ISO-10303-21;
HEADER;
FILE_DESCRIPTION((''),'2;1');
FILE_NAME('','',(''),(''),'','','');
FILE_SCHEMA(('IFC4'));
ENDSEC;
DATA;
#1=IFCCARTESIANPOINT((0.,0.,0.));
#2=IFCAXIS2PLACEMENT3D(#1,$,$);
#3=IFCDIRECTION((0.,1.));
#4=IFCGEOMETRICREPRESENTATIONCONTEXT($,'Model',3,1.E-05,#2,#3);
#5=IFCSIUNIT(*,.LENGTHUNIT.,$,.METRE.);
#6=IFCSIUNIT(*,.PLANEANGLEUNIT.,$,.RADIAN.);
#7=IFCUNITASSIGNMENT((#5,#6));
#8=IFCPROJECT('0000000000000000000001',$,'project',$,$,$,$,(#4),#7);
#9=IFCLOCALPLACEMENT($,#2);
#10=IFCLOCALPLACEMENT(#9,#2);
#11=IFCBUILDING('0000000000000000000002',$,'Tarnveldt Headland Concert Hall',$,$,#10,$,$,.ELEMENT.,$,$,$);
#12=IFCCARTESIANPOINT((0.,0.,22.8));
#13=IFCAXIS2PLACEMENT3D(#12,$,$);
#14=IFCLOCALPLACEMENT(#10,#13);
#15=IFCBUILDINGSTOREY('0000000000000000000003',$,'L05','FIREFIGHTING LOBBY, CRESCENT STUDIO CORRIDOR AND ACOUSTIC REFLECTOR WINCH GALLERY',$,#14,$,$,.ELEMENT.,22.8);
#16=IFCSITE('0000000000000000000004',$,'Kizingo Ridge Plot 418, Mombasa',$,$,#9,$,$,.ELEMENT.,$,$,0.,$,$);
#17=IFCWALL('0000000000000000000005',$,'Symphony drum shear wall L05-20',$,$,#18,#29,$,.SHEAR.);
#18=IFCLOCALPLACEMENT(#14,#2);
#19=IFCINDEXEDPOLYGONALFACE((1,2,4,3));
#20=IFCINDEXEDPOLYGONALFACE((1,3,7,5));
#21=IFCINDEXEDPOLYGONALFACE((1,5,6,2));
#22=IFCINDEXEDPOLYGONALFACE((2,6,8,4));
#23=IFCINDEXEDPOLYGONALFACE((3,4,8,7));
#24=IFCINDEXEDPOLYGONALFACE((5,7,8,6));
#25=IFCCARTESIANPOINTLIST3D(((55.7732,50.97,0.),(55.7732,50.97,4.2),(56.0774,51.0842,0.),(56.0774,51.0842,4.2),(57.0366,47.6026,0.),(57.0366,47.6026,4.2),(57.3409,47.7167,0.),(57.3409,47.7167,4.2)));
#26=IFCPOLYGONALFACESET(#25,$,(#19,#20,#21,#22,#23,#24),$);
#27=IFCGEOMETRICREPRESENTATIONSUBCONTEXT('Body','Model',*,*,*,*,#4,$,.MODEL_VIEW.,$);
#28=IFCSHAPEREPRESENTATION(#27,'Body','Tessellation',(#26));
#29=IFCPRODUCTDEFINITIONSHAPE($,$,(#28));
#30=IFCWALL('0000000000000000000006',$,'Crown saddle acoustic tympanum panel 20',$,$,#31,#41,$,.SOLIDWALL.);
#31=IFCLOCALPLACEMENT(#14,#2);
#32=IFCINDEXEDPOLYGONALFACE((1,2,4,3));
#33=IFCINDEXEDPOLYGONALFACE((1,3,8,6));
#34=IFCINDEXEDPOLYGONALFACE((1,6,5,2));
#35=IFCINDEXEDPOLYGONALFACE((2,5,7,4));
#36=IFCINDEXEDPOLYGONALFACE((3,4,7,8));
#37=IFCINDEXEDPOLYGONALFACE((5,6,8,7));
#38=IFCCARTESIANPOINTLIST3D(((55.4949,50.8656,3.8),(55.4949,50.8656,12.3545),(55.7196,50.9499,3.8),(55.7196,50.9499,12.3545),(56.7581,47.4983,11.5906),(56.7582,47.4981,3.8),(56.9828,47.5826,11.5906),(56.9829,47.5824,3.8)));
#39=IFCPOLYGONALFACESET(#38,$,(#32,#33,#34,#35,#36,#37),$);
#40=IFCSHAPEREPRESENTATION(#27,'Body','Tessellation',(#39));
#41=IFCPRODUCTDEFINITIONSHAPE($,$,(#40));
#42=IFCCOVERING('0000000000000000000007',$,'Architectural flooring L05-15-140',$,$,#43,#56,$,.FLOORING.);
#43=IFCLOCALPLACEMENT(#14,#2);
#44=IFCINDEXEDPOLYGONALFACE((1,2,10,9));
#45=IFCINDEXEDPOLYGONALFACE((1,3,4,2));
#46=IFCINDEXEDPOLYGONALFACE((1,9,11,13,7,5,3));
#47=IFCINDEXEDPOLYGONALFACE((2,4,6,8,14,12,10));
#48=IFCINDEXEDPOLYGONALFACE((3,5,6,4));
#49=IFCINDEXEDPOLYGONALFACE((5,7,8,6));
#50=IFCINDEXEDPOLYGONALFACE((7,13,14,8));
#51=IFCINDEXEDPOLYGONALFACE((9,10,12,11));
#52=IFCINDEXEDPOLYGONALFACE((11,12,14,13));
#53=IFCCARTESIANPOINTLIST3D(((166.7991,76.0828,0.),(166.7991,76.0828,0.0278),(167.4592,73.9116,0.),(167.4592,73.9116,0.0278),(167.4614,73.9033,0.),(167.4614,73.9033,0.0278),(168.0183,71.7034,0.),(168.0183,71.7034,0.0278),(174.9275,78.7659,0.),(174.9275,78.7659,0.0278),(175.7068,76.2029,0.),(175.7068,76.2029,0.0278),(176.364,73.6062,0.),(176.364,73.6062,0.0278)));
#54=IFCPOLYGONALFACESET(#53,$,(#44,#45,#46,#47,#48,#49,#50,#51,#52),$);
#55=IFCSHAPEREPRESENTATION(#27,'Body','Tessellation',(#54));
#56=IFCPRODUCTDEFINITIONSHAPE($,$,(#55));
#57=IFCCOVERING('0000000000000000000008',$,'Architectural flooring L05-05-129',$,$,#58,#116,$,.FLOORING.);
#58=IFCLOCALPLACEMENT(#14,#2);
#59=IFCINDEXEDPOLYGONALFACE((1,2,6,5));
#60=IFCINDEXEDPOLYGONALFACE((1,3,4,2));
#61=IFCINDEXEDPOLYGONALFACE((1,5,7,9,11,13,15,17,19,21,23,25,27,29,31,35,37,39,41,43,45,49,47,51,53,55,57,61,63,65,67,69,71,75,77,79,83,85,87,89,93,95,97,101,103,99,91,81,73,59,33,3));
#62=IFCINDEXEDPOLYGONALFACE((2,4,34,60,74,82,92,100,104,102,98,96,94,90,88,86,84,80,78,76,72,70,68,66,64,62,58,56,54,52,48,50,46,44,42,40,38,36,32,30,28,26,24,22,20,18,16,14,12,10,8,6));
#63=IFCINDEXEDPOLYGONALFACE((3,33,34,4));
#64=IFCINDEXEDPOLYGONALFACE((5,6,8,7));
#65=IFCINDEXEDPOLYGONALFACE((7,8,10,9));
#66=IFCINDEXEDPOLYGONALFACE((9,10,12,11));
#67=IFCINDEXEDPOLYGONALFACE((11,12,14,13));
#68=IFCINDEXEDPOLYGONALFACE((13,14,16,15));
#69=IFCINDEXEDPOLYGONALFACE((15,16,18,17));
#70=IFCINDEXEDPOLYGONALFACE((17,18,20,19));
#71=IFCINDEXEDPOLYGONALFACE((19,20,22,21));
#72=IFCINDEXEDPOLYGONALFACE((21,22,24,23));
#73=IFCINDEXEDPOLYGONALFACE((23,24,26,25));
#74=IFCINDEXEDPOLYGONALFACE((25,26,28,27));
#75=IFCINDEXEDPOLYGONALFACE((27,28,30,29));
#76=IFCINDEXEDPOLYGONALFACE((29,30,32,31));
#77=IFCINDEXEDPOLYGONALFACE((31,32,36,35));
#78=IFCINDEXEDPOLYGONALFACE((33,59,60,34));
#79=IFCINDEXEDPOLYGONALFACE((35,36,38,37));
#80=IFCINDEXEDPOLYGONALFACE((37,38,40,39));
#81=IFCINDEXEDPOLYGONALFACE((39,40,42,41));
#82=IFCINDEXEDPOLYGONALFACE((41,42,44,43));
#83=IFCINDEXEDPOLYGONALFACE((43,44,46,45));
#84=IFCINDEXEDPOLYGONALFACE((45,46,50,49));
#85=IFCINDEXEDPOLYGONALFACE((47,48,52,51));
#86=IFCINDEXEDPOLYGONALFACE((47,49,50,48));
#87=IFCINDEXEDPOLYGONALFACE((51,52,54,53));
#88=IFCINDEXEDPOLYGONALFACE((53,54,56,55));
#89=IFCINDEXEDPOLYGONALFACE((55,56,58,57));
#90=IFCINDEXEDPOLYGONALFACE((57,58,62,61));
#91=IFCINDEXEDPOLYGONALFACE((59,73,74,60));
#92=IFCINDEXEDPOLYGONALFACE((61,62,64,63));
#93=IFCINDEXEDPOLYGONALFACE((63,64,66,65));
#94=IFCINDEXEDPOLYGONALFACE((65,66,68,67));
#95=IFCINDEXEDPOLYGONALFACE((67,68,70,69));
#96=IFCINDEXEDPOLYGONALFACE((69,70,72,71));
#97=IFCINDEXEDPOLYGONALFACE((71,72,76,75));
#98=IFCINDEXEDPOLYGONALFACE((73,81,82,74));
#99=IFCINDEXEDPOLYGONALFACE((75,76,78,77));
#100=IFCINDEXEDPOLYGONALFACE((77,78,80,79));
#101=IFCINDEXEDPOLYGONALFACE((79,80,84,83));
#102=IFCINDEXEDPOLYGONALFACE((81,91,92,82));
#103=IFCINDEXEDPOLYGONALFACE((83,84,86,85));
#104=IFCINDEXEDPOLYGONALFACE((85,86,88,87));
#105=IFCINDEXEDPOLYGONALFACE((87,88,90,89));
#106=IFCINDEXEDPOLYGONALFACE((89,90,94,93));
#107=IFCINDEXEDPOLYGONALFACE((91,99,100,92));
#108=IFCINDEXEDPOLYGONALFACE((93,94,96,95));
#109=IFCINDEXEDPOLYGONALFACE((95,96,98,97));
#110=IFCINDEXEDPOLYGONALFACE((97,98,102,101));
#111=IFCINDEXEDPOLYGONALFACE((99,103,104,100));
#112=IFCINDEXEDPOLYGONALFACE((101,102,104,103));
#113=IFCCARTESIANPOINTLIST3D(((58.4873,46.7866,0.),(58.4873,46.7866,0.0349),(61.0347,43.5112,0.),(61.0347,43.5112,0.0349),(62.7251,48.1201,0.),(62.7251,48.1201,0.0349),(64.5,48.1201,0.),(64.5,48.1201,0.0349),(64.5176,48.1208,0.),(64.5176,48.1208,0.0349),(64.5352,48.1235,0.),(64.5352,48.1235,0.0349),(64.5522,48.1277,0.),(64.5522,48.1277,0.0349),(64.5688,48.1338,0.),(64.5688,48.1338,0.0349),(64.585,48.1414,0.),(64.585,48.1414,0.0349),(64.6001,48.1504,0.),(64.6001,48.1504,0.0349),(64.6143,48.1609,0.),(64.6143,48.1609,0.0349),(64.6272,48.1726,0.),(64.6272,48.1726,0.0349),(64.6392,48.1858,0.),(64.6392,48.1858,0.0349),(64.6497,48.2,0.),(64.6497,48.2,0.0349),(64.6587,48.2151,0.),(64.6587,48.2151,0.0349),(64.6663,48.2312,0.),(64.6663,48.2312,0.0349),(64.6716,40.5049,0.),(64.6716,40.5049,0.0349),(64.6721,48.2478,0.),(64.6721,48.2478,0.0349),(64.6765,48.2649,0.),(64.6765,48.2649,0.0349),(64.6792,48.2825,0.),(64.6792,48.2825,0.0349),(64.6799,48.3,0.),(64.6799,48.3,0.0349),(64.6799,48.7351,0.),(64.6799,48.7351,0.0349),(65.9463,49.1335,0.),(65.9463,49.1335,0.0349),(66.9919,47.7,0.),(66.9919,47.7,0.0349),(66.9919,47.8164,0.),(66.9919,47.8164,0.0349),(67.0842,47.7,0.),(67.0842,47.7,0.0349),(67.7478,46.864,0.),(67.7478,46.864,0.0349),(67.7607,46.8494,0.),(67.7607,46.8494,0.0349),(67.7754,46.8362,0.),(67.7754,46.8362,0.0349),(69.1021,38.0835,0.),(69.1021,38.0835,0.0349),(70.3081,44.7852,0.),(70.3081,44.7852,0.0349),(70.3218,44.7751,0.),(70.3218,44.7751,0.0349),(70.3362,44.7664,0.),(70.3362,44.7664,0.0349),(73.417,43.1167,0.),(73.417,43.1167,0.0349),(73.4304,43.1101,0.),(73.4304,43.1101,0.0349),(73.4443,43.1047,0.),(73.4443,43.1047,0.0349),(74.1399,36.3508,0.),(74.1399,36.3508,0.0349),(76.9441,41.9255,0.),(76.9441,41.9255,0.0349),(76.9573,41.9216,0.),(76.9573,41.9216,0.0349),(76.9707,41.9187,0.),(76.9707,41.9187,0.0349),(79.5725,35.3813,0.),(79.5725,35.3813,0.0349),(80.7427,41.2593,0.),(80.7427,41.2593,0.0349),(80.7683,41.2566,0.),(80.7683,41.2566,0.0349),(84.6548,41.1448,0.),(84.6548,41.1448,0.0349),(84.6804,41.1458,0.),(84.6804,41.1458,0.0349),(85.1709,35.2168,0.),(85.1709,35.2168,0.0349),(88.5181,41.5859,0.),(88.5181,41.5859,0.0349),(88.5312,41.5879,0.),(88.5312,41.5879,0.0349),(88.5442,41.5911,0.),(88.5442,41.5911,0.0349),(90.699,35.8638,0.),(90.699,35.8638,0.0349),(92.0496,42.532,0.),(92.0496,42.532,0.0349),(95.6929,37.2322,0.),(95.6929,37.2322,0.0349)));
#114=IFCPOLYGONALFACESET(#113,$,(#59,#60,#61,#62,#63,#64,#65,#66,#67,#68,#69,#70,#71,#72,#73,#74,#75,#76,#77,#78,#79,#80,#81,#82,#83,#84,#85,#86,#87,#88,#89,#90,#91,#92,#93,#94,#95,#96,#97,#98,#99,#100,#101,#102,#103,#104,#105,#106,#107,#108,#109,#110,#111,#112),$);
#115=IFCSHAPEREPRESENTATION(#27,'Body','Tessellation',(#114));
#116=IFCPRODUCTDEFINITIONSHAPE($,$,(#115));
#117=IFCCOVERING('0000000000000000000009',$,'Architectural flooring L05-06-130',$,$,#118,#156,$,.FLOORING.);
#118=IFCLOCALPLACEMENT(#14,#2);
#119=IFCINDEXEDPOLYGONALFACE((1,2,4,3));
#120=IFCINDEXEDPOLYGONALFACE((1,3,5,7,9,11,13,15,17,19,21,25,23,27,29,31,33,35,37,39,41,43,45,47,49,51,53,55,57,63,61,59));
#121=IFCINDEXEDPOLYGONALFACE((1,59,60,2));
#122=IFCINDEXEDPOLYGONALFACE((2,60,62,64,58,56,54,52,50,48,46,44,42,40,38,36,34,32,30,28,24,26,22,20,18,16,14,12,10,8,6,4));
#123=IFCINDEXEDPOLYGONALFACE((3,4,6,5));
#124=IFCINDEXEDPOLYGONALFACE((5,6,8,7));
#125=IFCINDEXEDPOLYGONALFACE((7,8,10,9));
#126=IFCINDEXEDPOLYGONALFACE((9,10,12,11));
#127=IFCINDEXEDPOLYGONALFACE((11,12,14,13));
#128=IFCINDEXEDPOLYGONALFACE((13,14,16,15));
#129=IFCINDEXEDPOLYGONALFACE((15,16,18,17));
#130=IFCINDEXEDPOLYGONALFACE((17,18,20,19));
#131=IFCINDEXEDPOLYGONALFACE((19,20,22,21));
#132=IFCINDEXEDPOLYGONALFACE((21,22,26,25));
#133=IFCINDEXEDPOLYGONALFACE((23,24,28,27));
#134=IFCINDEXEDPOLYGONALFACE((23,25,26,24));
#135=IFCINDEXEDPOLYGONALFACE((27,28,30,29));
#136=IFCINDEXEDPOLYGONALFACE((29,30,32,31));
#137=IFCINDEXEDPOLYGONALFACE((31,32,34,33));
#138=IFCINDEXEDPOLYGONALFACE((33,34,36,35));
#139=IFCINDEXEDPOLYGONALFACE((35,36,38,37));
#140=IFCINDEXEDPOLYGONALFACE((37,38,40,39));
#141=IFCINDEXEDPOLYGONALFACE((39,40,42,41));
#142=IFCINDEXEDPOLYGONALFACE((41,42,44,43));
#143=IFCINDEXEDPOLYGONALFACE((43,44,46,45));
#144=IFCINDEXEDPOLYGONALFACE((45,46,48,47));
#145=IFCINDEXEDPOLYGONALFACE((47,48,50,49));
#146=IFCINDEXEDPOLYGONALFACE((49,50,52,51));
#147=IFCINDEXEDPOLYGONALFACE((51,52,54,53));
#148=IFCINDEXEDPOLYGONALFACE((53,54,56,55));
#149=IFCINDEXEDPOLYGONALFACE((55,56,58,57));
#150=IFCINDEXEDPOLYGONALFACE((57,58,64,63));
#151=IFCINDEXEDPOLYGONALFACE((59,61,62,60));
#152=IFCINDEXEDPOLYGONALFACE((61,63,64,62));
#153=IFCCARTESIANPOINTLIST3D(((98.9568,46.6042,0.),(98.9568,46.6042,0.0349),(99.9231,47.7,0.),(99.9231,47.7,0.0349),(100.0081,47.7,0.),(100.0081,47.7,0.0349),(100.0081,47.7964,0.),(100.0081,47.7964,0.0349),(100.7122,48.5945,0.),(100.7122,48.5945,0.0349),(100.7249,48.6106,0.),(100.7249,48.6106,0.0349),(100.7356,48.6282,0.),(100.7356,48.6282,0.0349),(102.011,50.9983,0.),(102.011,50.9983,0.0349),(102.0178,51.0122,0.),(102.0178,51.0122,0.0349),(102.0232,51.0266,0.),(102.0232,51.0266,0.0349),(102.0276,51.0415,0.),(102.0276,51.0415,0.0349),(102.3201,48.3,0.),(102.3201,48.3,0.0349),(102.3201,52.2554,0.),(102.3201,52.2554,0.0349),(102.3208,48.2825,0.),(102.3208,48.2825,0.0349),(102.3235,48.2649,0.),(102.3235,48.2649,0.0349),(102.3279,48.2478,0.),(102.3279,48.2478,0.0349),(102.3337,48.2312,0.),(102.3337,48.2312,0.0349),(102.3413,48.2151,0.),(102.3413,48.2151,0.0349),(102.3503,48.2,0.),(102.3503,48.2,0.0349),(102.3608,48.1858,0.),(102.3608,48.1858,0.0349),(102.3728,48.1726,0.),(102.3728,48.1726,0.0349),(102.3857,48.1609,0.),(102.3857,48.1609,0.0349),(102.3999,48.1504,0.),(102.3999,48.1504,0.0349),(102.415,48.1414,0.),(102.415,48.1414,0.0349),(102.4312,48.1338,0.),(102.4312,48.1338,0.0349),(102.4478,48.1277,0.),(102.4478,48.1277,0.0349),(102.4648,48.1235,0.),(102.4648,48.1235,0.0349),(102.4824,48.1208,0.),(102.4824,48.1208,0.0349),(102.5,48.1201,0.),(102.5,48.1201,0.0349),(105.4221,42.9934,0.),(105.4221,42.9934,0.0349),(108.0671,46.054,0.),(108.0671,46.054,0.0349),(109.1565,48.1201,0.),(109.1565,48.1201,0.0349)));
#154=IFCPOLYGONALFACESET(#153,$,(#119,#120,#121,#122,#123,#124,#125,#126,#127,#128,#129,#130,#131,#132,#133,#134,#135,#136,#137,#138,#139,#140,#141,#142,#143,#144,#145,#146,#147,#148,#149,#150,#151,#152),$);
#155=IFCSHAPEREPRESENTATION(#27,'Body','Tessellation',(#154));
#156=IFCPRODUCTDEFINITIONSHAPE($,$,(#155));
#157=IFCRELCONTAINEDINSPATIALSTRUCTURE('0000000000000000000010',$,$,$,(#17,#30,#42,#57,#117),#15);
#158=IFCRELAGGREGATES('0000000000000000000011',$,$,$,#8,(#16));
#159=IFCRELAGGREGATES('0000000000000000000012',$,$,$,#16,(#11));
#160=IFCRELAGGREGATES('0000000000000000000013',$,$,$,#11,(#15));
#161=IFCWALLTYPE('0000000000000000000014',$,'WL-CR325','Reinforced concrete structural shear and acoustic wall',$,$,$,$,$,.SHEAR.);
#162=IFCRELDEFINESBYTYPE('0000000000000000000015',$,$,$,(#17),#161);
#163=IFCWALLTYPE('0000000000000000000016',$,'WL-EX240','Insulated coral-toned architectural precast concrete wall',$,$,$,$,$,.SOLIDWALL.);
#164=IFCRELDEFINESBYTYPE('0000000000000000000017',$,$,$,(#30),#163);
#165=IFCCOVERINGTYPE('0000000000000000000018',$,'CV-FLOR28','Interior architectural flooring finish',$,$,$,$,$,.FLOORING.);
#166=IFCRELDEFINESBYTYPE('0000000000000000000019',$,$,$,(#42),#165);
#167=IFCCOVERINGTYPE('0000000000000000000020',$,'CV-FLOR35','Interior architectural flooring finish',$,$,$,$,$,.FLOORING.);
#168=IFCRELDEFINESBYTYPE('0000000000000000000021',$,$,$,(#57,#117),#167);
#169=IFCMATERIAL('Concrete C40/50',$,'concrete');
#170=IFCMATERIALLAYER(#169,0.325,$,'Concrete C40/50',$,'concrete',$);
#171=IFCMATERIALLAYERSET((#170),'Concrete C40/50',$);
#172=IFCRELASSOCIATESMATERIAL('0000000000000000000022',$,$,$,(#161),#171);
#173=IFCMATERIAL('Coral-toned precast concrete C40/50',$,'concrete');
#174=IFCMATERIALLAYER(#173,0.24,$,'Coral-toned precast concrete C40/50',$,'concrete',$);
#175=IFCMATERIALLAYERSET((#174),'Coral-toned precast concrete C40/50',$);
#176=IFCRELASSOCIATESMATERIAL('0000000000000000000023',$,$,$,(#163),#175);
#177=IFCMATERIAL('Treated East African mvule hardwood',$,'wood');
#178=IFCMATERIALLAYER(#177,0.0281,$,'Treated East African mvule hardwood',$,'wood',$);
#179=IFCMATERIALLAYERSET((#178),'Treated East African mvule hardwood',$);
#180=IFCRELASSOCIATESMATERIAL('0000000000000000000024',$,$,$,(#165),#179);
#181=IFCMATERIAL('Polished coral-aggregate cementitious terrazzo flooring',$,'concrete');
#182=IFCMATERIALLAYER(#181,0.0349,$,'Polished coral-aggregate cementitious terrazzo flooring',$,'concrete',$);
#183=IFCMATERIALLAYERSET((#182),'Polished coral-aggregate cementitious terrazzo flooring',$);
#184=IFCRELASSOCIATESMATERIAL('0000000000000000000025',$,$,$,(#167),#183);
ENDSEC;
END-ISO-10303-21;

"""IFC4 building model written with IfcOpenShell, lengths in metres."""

from ifc_helpers import new_model, si_unit, direction, frame, frame_2d, origin, place, context, subcontext, project, spatial, polyline, rectangle, outline, extrude, material, layer, layer_set, type_object, element, save


model = new_model("IFC4")

# Units and contexts
model_context = context("Model", 3, precision=1e-05, world=origin(), true_north=direction((0.0, 1.0)))
body_context = subcontext(model_context, "Body", "Model", "MODEL_VIEW")
ifc_project = project(units=[si_unit("LENGTHUNIT", "METRE"), si_unit("PLANEANGLEUNIT", "RADIAN")], contexts=[model_context])

# Site, building, storey
site_placement = place(None, origin())
site = spatial("IfcSite", under=ifc_project, at=site_placement, Name="Kizingo Ridge Plot 418, Mombasa", CompositionType="ELEMENT", RefElevation=0.0)
building_placement = place(site_placement, origin())
building = spatial("IfcBuilding", under=site, at=building_placement, Name="Tarnveldt Headland Concert Hall", CompositionType="ELEMENT")
storey_placement = place(building_placement, frame((0.0, 0.0, 22.8)))
storey = spatial("IfcBuildingStorey", under=building, at=storey_placement, Name="L05", Description="FIREFIGHTING LOBBY, CRESCENT STUDIO CORRIDOR AND ACOUSTIC REFLECTOR WINCH GALLERY", CompositionType="ELEMENT", Elevation=22.8)

# Shared definitions
ifc_material_1 = material(Name="Concrete C40/50", Category="concrete")

# Walls
ifc_layer_1 = layer(ifc_material_1, 0.325, Name="Concrete C40/50", Category="concrete")
ifc_layer_set_1 = layer_set([ifc_layer_1], Name="Concrete C40/50")
wall_type_1 = type_object("IfcWallType", Name="WL-CR325", Description="Reinforced concrete structural shear and acoustic wall", PredefinedType="SHEAR", material=ifc_layer_set_1)
wall_1_placement = place(storey_placement, frame((55.9253, 51.0271, 0.0), z_axis=(0.0, 0.0, 1.0), x_axis=(0.35128, -0.936271, 0.0)))
element("IfcWall", 1, at=wall_1_placement, inside=storey, type_object=wall_type_1, Name="Symphony drum shear wall L05-20", PredefinedType="SHEAR", context=body_context, shape_type="SweptSolid", body=[
    extrude(rectangle(XDim=3.5967, YDim=0.325, at=frame_2d((1.7983, 0.0))), origin(), (0.0, 0.0, 1.0), 4.2),
])
ifc_material_2 = material(Name="Coral-toned precast concrete C40/50", Category="concrete")
ifc_layer_2 = layer(ifc_material_2, 0.24, Name="Coral-toned precast concrete C40/50", Category="concrete")
ifc_layer_set_2 = layer_set([ifc_layer_2], Name="Coral-toned precast concrete C40/50")
wall_type_2 = type_object("IfcWallType", Name="WL-EX240", Description="Insulated coral-toned architectural precast concrete wall", PredefinedType="SOLIDWALL", material=ifc_layer_set_2)
wall_2_placement = place(storey_placement, frame((55.6072, 50.9077, 3.8), z_axis=(0.0, 0.0, 1.0), x_axis=(0.35122, -0.936293, 0.0)))
element("IfcWall", 2, at=wall_2_placement, inside=storey, type_object=wall_type_2, Name="Crown saddle acoustic tympanum panel 20", PredefinedType="SOLIDWALL", context=body_context, shape_type="SweptSolid", body=[
    extrude(outline(polyline([(0.0, 0.0), (3.5967, 0.0), (3.5964, 7.7905), (0.0, 8.5544), (0.0, 0.0)])), frame((0.0, 0.1201, 0.0), z_axis=(0.0, -1.0, 0.0), x_axis=(1.0, 0.0, 0.0)), (0.0, 0.0, 1.0), 0.24),
])

# Coverings
ifc_material_3 = material(Name="Treated East African mvule hardwood", Category="wood")
ifc_layer_3 = layer(ifc_material_3, 0.0281, Name="Treated East African mvule hardwood", Category="wood")
ifc_layer_set_3 = layer_set([ifc_layer_3], Name="Treated East African mvule hardwood")
covering_type_1 = type_object("IfcCoveringType", Name="CV-FLOR28", Description="Interior architectural flooring finish", PredefinedType="FLOORING", material=ifc_layer_set_3)
covering_1_placement = place(storey_placement, origin())
element("IfcCovering", 3, at=covering_1_placement, inside=storey, type_object=covering_type_1, Name="Architectural flooring L05-15-140", PredefinedType="FLOORING", context=body_context, shape_type="SweptSolid", body=[
    extrude(outline(polyline([(168.0183, 71.7034), (167.4614, 73.9033), (167.4592, 73.9116), (166.7991, 76.0828), (174.9275, 78.7659), (175.7068, 76.2029), (176.364, 73.6062), (168.0183, 71.7034)])), origin(), (0.0, 0.0, 1.0), 0.0278),
])
ifc_material_4 = material(Name="Polished coral-aggregate cementitious terrazzo flooring", Category="concrete")
ifc_layer_4 = layer(ifc_material_4, 0.0349, Name="Polished coral-aggregate cementitious terrazzo flooring", Category="concrete")
ifc_layer_set_4 = layer_set([ifc_layer_4], Name="Polished coral-aggregate cementitious terrazzo flooring")
covering_type_2 = type_object("IfcCoveringType", Name="CV-FLOR35", Description="Interior architectural flooring finish", PredefinedType="FLOORING", material=ifc_layer_set_4)
covering_2_placement = place(storey_placement, origin())
element("IfcCovering", 4, at=covering_2_placement, inside=storey, type_object=covering_type_2, Name="Architectural flooring L05-05-129", PredefinedType="FLOORING", context=body_context, shape_type="SweptSolid", body=[
    extrude(outline(polyline([(66.9919, 47.7), (67.0842, 47.7), (67.7478, 46.864), (67.7607, 46.8494), (67.7754, 46.8362), (70.3081, 44.7852), (70.3218, 44.7751), (70.3362, 44.7664), (73.417, 43.1167), (73.4304, 43.1101), (73.4443, 43.1047), (76.9441, 41.9255), (76.9573, 41.9216), (76.9707, 41.9187), (80.7427, 41.2593), (80.7683, 41.2566), (84.6548, 41.1448), (84.6804, 41.1458), (88.5181, 41.5859), (88.5312, 41.5879), (88.5442, 41.5911), (92.0496, 42.532), (95.6929, 37.2322), (90.699, 35.8638), (85.1709, 35.2168), (79.5725, 35.3813), (74.1399, 36.3508), (69.1021, 38.0835), (64.6716, 40.5049), (61.0347, 43.5112), (58.4873, 46.7866), (62.7251, 48.1201), (64.5, 48.1201), (64.5176, 48.1208), (64.5352, 48.1235), (64.5522, 48.1277), (64.5688, 48.1338), (64.585, 48.1414), (64.6001, 48.1504), (64.6143, 48.1609), (64.6272, 48.1726), (64.6392, 48.1858), (64.6497, 48.2), (64.6587, 48.2151), (64.6663, 48.2312), (64.6721, 48.2478), (64.6765, 48.2649), (64.6792, 48.2825), (64.6799, 48.3), (64.6799, 48.7351), (65.9463, 49.1335), (66.9919, 47.8164), (66.9919, 47.7)])), origin(), (0.0, 0.0, 1.0), 0.0349),
])
covering_3_placement = place(storey_placement, origin())
element("IfcCovering", 5, at=covering_3_placement, inside=storey, type_object=covering_type_2, Name="Architectural flooring L05-06-130", PredefinedType="FLOORING", context=body_context, shape_type="SweptSolid", body=[
    extrude(outline(polyline([(102.3208, 48.2825), (102.3235, 48.2649), (102.3279, 48.2478), (102.3337, 48.2312), (102.3413, 48.2151), (102.3503, 48.2), (102.3608, 48.1858), (102.3728, 48.1726), (102.3857, 48.1609), (102.3999, 48.1504), (102.415, 48.1414), (102.4312, 48.1338), (102.4478, 48.1277), (102.4648, 48.1235), (102.4824, 48.1208), (102.5, 48.1201), (109.1565, 48.1201), (108.0671, 46.054), (105.4221, 42.9934), (98.9568, 46.6042), (99.9231, 47.7), (100.0081, 47.7), (100.0081, 47.7964), (100.7122, 48.5945), (100.7249, 48.6106), (100.7356, 48.6282), (102.011, 50.9983), (102.0178, 51.0122), (102.0232, 51.0266), (102.0276, 51.0415), (102.3201, 52.2554), (102.3201, 48.3), (102.3208, 48.2825)])), origin(), (0.0, 0.0, 1.0), 0.0349),
])

save(model, "model.ifc")
